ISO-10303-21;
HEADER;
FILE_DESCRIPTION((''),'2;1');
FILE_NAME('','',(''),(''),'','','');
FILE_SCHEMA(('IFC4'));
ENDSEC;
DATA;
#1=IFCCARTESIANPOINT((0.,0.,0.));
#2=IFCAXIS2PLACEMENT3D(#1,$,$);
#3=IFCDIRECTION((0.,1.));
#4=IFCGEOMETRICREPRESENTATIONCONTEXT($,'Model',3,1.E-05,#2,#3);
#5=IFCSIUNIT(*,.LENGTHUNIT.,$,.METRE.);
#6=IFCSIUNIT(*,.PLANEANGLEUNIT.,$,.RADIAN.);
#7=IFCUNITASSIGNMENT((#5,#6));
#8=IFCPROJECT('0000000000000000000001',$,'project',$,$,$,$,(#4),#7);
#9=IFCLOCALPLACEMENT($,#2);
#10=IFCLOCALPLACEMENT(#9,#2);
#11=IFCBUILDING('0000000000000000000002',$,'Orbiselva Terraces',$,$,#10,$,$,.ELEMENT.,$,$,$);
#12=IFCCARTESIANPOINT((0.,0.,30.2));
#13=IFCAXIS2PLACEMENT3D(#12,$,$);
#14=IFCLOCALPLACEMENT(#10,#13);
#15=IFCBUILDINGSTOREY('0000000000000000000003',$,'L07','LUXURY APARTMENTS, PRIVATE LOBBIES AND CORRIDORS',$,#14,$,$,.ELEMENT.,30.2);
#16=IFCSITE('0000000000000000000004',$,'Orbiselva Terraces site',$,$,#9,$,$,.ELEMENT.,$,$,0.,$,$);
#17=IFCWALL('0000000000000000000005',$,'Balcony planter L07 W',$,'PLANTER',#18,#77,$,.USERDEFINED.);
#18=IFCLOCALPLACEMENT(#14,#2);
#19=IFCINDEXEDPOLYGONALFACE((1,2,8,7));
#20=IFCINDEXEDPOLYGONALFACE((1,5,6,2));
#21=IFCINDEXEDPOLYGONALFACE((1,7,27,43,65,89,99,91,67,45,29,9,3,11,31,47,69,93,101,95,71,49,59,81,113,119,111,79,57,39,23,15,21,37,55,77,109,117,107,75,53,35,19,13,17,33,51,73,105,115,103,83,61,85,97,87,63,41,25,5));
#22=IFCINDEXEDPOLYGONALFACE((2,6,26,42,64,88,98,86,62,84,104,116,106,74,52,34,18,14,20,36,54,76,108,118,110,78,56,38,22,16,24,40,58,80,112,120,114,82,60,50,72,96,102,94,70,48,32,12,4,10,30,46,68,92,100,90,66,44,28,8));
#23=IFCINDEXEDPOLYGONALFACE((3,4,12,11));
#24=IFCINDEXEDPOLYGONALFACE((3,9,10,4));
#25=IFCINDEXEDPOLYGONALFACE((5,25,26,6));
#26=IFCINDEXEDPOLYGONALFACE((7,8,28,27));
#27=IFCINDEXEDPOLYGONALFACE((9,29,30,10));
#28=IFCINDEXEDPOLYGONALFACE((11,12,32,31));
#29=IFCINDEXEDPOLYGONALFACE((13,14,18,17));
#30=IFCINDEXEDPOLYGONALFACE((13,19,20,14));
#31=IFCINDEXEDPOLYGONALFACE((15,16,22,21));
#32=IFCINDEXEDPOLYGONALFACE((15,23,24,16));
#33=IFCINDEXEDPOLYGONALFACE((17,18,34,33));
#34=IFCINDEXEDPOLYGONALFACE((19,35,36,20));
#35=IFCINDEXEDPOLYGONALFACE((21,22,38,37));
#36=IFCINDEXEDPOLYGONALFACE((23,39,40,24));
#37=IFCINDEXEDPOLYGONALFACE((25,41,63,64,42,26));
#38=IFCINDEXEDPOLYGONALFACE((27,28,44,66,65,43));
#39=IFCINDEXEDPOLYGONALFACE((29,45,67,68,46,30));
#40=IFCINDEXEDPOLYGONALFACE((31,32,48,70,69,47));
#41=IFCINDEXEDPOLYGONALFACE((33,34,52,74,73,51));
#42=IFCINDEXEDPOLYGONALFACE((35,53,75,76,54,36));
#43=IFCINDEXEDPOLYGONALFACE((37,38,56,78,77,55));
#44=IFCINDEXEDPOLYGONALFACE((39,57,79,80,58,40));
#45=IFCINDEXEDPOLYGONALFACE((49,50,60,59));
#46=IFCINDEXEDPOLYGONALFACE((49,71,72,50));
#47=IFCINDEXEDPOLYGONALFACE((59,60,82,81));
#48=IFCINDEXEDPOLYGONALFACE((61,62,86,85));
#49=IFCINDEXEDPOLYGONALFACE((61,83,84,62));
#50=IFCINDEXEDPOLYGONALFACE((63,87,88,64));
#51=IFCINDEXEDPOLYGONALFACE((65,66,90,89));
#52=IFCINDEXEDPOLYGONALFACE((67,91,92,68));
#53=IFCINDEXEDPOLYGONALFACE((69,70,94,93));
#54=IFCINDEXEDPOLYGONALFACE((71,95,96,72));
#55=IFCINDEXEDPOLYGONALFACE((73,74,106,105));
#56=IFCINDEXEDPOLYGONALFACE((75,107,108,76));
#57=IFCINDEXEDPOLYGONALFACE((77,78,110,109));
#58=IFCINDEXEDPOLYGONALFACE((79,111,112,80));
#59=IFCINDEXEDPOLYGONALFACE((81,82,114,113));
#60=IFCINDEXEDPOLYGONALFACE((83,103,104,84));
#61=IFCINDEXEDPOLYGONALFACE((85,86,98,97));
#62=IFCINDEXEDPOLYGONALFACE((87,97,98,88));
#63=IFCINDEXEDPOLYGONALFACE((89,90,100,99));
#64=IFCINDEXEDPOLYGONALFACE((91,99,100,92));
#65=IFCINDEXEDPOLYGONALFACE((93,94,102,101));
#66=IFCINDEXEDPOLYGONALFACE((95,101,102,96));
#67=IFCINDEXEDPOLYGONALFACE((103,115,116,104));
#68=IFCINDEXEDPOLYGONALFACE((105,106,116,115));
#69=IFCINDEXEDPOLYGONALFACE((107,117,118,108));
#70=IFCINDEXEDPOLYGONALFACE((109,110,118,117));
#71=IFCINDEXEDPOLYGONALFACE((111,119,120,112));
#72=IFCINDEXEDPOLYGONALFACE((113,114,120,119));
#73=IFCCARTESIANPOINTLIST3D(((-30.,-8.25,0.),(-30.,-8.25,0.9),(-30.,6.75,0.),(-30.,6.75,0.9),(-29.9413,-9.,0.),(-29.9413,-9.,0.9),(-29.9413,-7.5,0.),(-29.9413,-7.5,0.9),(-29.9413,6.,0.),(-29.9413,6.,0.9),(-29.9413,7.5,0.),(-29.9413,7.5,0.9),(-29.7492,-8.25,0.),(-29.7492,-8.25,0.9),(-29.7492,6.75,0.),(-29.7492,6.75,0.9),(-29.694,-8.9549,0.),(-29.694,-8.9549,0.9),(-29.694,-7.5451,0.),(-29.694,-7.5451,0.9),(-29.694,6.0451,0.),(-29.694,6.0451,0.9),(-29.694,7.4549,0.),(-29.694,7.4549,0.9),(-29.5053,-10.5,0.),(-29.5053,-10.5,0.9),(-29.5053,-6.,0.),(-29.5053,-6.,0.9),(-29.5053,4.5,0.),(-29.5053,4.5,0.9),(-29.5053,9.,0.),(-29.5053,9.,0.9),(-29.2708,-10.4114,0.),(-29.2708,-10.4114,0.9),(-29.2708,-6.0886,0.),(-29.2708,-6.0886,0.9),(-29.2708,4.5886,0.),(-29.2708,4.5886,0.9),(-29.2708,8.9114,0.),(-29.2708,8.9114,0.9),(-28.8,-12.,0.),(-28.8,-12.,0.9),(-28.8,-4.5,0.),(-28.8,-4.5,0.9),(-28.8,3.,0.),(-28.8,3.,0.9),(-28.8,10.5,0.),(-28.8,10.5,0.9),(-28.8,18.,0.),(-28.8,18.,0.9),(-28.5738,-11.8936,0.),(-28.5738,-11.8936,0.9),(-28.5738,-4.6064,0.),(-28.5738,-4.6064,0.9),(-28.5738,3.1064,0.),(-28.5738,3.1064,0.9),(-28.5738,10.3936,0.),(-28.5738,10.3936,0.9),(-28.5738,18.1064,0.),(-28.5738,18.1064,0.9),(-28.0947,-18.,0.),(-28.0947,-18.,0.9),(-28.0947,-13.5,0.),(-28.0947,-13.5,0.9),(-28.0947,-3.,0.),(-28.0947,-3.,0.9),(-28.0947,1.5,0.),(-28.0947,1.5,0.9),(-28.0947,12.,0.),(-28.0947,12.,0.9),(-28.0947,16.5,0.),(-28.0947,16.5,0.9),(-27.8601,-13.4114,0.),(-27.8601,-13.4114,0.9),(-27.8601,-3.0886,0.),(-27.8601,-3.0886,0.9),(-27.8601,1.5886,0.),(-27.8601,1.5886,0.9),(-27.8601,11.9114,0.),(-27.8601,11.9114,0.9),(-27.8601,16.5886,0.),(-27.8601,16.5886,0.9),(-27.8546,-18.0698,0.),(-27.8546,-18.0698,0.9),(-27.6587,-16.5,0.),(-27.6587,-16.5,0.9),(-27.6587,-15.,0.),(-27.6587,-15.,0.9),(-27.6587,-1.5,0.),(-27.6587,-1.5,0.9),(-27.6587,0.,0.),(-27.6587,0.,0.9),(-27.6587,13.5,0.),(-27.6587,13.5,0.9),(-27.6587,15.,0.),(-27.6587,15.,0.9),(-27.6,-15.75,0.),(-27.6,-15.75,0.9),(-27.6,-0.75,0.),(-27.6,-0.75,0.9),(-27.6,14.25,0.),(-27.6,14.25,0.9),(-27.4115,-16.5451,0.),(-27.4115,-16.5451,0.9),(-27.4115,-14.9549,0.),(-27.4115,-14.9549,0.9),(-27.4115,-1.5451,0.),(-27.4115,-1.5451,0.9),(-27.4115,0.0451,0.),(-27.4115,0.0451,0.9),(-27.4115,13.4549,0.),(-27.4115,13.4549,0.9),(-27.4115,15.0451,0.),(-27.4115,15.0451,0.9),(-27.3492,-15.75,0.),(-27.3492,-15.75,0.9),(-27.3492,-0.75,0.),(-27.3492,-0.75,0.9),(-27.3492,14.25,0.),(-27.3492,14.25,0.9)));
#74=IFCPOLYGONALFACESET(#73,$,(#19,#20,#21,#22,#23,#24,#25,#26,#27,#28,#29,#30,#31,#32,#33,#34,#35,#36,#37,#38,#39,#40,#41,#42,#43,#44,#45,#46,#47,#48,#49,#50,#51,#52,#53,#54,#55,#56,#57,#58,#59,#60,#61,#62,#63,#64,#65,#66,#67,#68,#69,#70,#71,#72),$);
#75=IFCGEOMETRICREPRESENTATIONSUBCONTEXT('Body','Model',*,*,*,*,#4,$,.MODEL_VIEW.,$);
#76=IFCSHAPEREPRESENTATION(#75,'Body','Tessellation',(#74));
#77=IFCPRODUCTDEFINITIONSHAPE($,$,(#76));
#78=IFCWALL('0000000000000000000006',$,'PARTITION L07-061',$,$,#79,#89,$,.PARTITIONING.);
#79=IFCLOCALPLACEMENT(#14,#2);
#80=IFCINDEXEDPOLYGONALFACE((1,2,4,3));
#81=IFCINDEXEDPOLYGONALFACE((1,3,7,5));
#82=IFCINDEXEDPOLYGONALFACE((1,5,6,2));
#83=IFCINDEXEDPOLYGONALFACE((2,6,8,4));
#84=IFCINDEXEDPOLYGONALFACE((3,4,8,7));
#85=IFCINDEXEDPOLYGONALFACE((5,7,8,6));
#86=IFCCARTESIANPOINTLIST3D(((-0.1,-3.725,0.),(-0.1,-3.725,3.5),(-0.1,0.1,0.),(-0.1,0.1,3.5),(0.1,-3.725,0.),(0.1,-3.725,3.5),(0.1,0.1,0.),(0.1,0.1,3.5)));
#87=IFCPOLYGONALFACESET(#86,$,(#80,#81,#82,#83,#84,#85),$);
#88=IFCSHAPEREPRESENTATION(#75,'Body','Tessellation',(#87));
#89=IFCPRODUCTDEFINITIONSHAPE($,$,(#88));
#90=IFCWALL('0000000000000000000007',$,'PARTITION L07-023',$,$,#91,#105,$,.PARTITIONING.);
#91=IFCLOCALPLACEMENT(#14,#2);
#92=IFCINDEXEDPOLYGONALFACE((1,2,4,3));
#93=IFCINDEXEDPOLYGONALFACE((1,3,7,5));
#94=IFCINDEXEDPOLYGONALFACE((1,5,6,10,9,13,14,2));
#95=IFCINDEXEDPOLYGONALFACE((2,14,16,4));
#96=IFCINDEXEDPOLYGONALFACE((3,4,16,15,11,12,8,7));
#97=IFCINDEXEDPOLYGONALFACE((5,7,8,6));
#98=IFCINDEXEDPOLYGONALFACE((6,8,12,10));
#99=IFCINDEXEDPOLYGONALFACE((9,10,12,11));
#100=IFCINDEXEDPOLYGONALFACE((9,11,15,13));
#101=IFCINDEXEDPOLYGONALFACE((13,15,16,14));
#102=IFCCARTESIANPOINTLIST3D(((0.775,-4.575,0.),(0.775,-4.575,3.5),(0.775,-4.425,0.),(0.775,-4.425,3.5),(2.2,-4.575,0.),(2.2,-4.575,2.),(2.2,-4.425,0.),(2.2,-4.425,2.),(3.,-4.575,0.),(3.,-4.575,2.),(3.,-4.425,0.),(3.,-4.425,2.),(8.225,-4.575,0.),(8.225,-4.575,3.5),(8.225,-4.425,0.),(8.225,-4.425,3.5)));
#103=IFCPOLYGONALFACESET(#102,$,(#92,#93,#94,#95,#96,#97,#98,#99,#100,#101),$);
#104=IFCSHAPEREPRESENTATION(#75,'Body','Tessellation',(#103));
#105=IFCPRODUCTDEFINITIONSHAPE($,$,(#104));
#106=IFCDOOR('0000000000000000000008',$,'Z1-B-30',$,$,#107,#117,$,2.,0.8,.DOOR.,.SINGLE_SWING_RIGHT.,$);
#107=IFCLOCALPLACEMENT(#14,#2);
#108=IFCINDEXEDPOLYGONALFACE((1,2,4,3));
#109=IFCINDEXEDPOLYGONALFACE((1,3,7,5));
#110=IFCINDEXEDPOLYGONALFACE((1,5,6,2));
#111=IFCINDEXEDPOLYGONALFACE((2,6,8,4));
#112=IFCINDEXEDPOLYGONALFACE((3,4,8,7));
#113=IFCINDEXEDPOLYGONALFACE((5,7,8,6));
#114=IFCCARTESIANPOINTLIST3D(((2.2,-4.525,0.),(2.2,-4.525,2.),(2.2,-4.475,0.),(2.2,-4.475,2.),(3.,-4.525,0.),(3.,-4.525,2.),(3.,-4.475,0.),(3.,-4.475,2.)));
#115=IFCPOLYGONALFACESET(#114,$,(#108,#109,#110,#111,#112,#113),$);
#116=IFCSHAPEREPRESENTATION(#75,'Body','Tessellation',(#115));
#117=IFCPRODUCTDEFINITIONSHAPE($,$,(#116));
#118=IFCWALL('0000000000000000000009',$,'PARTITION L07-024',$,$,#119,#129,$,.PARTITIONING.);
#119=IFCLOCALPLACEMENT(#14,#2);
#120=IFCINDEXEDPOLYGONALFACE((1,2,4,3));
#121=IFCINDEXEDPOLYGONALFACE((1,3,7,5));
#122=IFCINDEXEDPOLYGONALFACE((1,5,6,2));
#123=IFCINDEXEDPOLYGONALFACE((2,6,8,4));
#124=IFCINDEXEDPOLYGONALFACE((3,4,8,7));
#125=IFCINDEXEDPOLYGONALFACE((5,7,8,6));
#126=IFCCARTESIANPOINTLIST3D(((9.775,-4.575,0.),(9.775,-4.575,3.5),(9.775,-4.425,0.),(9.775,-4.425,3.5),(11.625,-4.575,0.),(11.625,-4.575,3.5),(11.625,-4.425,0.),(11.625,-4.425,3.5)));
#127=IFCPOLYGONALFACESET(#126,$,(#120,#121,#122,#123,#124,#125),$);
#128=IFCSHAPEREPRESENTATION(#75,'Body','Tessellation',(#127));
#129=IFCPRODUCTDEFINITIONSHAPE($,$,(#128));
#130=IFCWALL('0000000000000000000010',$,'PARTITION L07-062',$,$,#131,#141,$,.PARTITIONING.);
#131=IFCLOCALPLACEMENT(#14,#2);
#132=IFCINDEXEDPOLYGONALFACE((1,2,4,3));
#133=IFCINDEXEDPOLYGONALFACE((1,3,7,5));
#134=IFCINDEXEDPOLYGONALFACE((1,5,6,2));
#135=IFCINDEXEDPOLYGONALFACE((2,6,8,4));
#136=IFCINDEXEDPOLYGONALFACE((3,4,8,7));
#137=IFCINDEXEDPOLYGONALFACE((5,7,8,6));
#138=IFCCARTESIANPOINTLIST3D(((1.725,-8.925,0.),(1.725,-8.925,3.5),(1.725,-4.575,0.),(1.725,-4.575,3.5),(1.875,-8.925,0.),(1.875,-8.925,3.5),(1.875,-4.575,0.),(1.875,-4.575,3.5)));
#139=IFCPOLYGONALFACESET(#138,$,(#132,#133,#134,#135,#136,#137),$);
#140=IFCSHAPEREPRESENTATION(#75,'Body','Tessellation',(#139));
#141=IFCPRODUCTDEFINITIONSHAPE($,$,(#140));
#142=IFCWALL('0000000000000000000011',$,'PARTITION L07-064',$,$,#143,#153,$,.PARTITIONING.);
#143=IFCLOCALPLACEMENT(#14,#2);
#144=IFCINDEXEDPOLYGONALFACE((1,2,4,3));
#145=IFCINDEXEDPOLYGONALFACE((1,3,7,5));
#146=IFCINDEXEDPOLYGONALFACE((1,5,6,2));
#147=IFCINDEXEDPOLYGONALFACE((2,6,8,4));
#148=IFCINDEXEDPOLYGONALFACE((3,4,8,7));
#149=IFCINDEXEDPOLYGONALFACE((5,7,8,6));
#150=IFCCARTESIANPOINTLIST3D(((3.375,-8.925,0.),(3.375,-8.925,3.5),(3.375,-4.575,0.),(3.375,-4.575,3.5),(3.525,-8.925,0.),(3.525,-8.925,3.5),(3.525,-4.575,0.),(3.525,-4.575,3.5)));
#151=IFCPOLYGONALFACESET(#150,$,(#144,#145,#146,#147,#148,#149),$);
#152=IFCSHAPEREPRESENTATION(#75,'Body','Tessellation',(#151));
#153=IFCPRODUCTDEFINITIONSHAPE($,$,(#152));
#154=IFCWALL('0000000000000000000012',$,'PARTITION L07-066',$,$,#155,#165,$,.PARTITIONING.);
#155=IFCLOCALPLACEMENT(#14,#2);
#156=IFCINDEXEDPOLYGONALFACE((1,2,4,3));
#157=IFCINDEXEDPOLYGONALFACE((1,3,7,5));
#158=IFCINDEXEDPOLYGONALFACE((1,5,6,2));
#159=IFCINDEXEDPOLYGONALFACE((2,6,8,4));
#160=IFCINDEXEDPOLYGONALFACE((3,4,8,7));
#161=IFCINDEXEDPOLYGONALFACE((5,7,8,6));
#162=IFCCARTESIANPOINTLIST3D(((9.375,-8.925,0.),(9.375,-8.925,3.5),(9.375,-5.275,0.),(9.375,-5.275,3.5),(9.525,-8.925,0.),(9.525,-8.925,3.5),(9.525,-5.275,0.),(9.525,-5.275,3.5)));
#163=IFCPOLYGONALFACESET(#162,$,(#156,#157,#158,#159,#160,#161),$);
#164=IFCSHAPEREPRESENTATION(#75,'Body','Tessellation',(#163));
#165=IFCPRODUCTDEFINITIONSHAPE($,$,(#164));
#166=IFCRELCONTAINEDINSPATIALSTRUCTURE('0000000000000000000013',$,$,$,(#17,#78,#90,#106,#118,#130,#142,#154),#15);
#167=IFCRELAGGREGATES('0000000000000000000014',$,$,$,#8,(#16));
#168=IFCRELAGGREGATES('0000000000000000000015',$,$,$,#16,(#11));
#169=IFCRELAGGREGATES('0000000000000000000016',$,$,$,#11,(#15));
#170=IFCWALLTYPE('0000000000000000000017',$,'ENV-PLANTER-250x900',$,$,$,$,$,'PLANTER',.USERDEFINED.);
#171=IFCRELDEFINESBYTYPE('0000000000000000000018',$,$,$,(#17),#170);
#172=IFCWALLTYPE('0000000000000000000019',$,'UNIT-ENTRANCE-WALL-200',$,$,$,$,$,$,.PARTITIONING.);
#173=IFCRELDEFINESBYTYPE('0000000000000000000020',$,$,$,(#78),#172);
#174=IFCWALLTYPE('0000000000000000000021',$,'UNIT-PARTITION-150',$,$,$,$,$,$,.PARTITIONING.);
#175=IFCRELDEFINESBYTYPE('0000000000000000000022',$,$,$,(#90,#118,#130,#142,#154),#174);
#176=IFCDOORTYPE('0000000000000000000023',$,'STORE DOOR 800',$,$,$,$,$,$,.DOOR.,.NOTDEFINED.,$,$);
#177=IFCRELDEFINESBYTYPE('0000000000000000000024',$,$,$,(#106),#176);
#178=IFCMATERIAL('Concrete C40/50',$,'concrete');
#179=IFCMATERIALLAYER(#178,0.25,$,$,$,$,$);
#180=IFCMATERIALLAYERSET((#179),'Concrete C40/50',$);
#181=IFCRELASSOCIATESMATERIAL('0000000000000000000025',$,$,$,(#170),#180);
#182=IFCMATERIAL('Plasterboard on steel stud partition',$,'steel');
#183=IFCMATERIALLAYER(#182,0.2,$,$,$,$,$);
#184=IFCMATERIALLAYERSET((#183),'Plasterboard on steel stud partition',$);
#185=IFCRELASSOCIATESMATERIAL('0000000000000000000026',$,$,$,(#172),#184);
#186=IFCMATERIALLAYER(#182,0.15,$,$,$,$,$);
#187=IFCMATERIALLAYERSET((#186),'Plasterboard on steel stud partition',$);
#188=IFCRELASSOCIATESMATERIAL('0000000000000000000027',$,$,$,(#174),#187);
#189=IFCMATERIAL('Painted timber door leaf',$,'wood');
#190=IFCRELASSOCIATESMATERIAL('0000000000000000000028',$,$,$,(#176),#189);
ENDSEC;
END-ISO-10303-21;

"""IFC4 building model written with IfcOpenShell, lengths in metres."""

from ifc_helpers import new_model, si_unit, direction, frame, frame_2d, origin, place, context, subcontext, project, spatial, polyline, rectangle, outline, extrude, material, layer, layer_set, type_object, element, fill, save


model = new_model("IFC4")

# Units and contexts
model_context = context("Model", 3, precision=1e-05, world=origin(), true_north=direction((0.0, 1.0)))
body_context = subcontext(model_context, "Body", "Model", "MODEL_VIEW")
ifc_project = project(units=[si_unit("LENGTHUNIT", "METRE"), si_unit("PLANEANGLEUNIT", "RADIAN")], contexts=[model_context])

# Site, building, storey
site_placement = place(None, origin())
site = spatial("IfcSite", under=ifc_project, at=site_placement, Name="Orbiselva Terraces site", CompositionType="ELEMENT", RefElevation=0.0)
building_placement = place(site_placement, origin())
building = spatial("IfcBuilding", under=site, at=building_placement, Name="Orbiselva Terraces", CompositionType="ELEMENT")
storey_placement = place(building_placement, frame((0.0, 0.0, 30.2)))
storey = spatial("IfcBuildingStorey", under=building, at=storey_placement, Name="L07", Description="LUXURY APARTMENTS, PRIVATE LOBBIES AND CORRIDORS", CompositionType="ELEMENT", Elevation=30.2)

# Shared definitions
ifc_material_1 = material(Name="Concrete C40/50", Category="concrete")

# Walls
ifc_layer_1 = layer(ifc_material_1, 0.25)
ifc_layer_set_1 = layer_set([ifc_layer_1], Name="Concrete C40/50")
wall_type_1 = type_object("IfcWallType", Name="ENV-PLANTER-250x900", ElementType="PLANTER", PredefinedType="USERDEFINED", material=ifc_layer_set_1)
wall_1_placement = place(storey_placement, origin())
element("IfcWall", 1, at=wall_1_placement, inside=storey, type_object=wall_type_1, Name="Balcony planter L07 W", ObjectType="PLANTER", PredefinedType="USERDEFINED", context=body_context, shape_type="SweptSolid", body=[
    extrude(outline(polyline([(-28.8, 18.0), (-28.0947, 16.5), (-27.6587, 15.0), (-27.6, 14.25), (-27.6587, 13.5), (-28.0947, 12.0), (-28.8, 10.5), (-29.5053, 9.0), (-29.9413, 7.5), (-30.0, 6.75), (-29.9413, 6.0), (-29.5053, 4.5), (-28.8, 3.0), (-28.0947, 1.5), (-27.6587, 0.0), (-27.6, -0.75), (-27.6587, -1.5), (-28.0947, -3.0), (-28.8, -4.5), (-29.5053, -6.0), (-29.9413, -7.5), (-30.0, -8.25), (-29.9413, -9.0), (-29.5053, -10.5), (-28.8, -12.0), (-28.0947, -13.5), (-27.6587, -15.0), (-27.6, -15.75), (-27.6587, -16.5), (-28.0947, -18.0), (-27.8546, -18.0698), (-27.4115, -16.5451), (-27.3492, -15.75), (-27.4115, -14.9549), (-27.8601, -13.4114), (-28.5738, -11.8936), (-29.2708, -10.4114), (-29.694, -8.9549), (-29.7492, -8.25), (-29.694, -7.5451), (-29.2708, -6.0886), (-28.5738, -4.6064), (-27.8601, -3.0886), (-27.4115, -1.5451), (-27.3492, -0.75), (-27.4115, 0.0451), (-27.8601, 1.5886), (-28.5738, 3.1064), (-29.2708, 4.5886), (-29.694, 6.0451), (-29.7492, 6.75), (-29.694, 7.4549), (-29.2708, 8.9114), (-28.5738, 10.3936), (-27.8601, 11.9114), (-27.4115, 13.4549), (-27.3492, 14.25), (-27.4115, 15.0451), (-27.8601, 16.5886), (-28.5738, 18.1064), (-28.8, 18.0)])), origin(), (0.0, 0.0, 1.0), 0.9),
])
ifc_material_2 = material(Name="Plasterboard on steel stud partition", Category="steel")
ifc_layer_2 = layer(ifc_material_2, 0.2)
ifc_layer_set_2 = layer_set([ifc_layer_2], Name="Plasterboard on steel stud partition")
wall_type_2 = type_object("IfcWallType", Name="UNIT-ENTRANCE-WALL-200", PredefinedType="PARTITIONING", material=ifc_layer_set_2)
wall_2_placement = place(storey_placement, frame((0.0, -3.725, 0.0), z_axis=(0.0, 0.0, 1.0), x_axis=(0.0, 1.0, 0.0)))
element("IfcWall", 2, at=wall_2_placement, inside=storey, type_object=wall_type_2, Name="PARTITION L07-061", PredefinedType="PARTITIONING", context=body_context, shape_type="SweptSolid", body=[
    extrude(rectangle(XDim=3.825, YDim=0.2, at=frame_2d((1.9125, 0.0))), origin(), (0.0, 0.0, 1.0), 3.5),
])

# Wall, opening, door
ifc_layer_3 = layer(ifc_material_2, 0.15)
ifc_layer_set_3 = layer_set([ifc_layer_3], Name="Plasterboard on steel stud partition")
wall_type_3 = type_object("IfcWallType", Name="UNIT-PARTITION-150", PredefinedType="PARTITIONING", material=ifc_layer_set_3)
wall_3_placement = place(storey_placement, frame((8.225, -4.5, 0.0), z_axis=(0.0, 0.0, 1.0), x_axis=(-1.0, 0.0, 0.0)))
wall_3 = element("IfcWall", 3, at=wall_3_placement, inside=storey, type_object=wall_type_3, Name="PARTITION L07-023", PredefinedType="PARTITIONING", context=body_context, shape_type="SweptSolid", body=[
    extrude(rectangle(XDim=7.45, YDim=0.15, at=frame_2d((3.725, 0.0))), origin(), (0.0, 0.0, 1.0), 3.5),
])
opening_placement = place(wall_3_placement, frame((5.225, 0.0, 0.0)))
opening = element("IfcOpeningElement", 4, at=opening_placement, cuts=wall_3, PredefinedType="OPENING", context=body_context, shape_type="SweptSolid", body=[
    extrude(rectangle(XDim=0.8, YDim=2.0, at=frame_2d((0.4, 1.0))), frame((0.0, 0.085, 0.0), z_axis=(0.0, -1.0, 0.0), x_axis=(1.0, 0.0, 0.0)), (0.0, 0.0, 1.0), 0.17),
])
ifc_material_3 = material(Name="Painted timber door leaf", Category="wood")
door_type = type_object("IfcDoorType", Name="STORE DOOR 800", OperationType="NOTDEFINED", PredefinedType="DOOR", material=ifc_material_3)
door_placement = place(opening_placement, origin())
door = element("IfcDoor", 5, at=door_placement, inside=storey, type_object=door_type, Name="Z1-B-30", OperationType="SINGLE_SWING_RIGHT", OverallHeight=2.0, OverallWidth=0.8, PredefinedType="DOOR", context=body_context, shape_type="SweptSolid", body=[
    extrude(rectangle(XDim=0.8, YDim=2.0, at=frame_2d((0.4, 1.0))), frame((0.0, 0.025, 0.0), z_axis=(0.0, -1.0, 0.0), x_axis=(1.0, 0.0, 0.0)), (0.0, 0.0, 1.0), 0.05),
])
fill(opening, door)

# Walls
wall_4_placement = place(storey_placement, frame((9.775, -4.5, 0.0), z_axis=(0.0, 0.0, 1.0), x_axis=(1.0, 0.0, 0.0)))
element("IfcWall", 6, at=wall_4_placement, inside=storey, type_object=wall_type_3, Name="PARTITION L07-024", PredefinedType="PARTITIONING", context=body_context, shape_type="SweptSolid", body=[
    extrude(rectangle(XDim=1.85, YDim=0.15, at=frame_2d((0.925, 0.0))), origin(), (0.0, 0.0, 1.0), 3.5),
])
for number, where, z_axis, x_axis, name in (
    (7, (1.8, -8.925, 0.0), (0.0, 0.0, 1.0), (0.0, 1.0, 0.0), "PARTITION L07-062"),
    (8, (3.45, -8.925, 0.0), (0.0, 0.0, 1.0), (0.0, 1.0, 0.0), "PARTITION L07-064"),
):
    element("IfcWall", number, at=place(storey_placement, frame(where, z_axis=z_axis, x_axis=x_axis)), inside=storey, type_object=wall_type_3, Name=name, PredefinedType="PARTITIONING", context=body_context, shape_type="SweptSolid", body=[
        extrude(rectangle(XDim=4.35, YDim=0.15, at=frame_2d((2.175, 0.0))), origin(), (0.0, 0.0, 1.0), 3.5),
    ])
wall_5_placement = place(storey_placement, frame((9.45, -8.925, 0.0), z_axis=(0.0, 0.0, 1.0), x_axis=(0.0, 1.0, 0.0)))
element("IfcWall", 9, at=wall_5_placement, inside=storey, type_object=wall_type_3, Name="PARTITION L07-066", PredefinedType="PARTITIONING", context=body_context, shape_type="SweptSolid", body=[
    extrude(rectangle(XDim=3.65, YDim=0.15, at=frame_2d((1.825, 0.0))), origin(), (0.0, 0.0, 1.0), 3.5),
])

save(model, "model.ifc")
